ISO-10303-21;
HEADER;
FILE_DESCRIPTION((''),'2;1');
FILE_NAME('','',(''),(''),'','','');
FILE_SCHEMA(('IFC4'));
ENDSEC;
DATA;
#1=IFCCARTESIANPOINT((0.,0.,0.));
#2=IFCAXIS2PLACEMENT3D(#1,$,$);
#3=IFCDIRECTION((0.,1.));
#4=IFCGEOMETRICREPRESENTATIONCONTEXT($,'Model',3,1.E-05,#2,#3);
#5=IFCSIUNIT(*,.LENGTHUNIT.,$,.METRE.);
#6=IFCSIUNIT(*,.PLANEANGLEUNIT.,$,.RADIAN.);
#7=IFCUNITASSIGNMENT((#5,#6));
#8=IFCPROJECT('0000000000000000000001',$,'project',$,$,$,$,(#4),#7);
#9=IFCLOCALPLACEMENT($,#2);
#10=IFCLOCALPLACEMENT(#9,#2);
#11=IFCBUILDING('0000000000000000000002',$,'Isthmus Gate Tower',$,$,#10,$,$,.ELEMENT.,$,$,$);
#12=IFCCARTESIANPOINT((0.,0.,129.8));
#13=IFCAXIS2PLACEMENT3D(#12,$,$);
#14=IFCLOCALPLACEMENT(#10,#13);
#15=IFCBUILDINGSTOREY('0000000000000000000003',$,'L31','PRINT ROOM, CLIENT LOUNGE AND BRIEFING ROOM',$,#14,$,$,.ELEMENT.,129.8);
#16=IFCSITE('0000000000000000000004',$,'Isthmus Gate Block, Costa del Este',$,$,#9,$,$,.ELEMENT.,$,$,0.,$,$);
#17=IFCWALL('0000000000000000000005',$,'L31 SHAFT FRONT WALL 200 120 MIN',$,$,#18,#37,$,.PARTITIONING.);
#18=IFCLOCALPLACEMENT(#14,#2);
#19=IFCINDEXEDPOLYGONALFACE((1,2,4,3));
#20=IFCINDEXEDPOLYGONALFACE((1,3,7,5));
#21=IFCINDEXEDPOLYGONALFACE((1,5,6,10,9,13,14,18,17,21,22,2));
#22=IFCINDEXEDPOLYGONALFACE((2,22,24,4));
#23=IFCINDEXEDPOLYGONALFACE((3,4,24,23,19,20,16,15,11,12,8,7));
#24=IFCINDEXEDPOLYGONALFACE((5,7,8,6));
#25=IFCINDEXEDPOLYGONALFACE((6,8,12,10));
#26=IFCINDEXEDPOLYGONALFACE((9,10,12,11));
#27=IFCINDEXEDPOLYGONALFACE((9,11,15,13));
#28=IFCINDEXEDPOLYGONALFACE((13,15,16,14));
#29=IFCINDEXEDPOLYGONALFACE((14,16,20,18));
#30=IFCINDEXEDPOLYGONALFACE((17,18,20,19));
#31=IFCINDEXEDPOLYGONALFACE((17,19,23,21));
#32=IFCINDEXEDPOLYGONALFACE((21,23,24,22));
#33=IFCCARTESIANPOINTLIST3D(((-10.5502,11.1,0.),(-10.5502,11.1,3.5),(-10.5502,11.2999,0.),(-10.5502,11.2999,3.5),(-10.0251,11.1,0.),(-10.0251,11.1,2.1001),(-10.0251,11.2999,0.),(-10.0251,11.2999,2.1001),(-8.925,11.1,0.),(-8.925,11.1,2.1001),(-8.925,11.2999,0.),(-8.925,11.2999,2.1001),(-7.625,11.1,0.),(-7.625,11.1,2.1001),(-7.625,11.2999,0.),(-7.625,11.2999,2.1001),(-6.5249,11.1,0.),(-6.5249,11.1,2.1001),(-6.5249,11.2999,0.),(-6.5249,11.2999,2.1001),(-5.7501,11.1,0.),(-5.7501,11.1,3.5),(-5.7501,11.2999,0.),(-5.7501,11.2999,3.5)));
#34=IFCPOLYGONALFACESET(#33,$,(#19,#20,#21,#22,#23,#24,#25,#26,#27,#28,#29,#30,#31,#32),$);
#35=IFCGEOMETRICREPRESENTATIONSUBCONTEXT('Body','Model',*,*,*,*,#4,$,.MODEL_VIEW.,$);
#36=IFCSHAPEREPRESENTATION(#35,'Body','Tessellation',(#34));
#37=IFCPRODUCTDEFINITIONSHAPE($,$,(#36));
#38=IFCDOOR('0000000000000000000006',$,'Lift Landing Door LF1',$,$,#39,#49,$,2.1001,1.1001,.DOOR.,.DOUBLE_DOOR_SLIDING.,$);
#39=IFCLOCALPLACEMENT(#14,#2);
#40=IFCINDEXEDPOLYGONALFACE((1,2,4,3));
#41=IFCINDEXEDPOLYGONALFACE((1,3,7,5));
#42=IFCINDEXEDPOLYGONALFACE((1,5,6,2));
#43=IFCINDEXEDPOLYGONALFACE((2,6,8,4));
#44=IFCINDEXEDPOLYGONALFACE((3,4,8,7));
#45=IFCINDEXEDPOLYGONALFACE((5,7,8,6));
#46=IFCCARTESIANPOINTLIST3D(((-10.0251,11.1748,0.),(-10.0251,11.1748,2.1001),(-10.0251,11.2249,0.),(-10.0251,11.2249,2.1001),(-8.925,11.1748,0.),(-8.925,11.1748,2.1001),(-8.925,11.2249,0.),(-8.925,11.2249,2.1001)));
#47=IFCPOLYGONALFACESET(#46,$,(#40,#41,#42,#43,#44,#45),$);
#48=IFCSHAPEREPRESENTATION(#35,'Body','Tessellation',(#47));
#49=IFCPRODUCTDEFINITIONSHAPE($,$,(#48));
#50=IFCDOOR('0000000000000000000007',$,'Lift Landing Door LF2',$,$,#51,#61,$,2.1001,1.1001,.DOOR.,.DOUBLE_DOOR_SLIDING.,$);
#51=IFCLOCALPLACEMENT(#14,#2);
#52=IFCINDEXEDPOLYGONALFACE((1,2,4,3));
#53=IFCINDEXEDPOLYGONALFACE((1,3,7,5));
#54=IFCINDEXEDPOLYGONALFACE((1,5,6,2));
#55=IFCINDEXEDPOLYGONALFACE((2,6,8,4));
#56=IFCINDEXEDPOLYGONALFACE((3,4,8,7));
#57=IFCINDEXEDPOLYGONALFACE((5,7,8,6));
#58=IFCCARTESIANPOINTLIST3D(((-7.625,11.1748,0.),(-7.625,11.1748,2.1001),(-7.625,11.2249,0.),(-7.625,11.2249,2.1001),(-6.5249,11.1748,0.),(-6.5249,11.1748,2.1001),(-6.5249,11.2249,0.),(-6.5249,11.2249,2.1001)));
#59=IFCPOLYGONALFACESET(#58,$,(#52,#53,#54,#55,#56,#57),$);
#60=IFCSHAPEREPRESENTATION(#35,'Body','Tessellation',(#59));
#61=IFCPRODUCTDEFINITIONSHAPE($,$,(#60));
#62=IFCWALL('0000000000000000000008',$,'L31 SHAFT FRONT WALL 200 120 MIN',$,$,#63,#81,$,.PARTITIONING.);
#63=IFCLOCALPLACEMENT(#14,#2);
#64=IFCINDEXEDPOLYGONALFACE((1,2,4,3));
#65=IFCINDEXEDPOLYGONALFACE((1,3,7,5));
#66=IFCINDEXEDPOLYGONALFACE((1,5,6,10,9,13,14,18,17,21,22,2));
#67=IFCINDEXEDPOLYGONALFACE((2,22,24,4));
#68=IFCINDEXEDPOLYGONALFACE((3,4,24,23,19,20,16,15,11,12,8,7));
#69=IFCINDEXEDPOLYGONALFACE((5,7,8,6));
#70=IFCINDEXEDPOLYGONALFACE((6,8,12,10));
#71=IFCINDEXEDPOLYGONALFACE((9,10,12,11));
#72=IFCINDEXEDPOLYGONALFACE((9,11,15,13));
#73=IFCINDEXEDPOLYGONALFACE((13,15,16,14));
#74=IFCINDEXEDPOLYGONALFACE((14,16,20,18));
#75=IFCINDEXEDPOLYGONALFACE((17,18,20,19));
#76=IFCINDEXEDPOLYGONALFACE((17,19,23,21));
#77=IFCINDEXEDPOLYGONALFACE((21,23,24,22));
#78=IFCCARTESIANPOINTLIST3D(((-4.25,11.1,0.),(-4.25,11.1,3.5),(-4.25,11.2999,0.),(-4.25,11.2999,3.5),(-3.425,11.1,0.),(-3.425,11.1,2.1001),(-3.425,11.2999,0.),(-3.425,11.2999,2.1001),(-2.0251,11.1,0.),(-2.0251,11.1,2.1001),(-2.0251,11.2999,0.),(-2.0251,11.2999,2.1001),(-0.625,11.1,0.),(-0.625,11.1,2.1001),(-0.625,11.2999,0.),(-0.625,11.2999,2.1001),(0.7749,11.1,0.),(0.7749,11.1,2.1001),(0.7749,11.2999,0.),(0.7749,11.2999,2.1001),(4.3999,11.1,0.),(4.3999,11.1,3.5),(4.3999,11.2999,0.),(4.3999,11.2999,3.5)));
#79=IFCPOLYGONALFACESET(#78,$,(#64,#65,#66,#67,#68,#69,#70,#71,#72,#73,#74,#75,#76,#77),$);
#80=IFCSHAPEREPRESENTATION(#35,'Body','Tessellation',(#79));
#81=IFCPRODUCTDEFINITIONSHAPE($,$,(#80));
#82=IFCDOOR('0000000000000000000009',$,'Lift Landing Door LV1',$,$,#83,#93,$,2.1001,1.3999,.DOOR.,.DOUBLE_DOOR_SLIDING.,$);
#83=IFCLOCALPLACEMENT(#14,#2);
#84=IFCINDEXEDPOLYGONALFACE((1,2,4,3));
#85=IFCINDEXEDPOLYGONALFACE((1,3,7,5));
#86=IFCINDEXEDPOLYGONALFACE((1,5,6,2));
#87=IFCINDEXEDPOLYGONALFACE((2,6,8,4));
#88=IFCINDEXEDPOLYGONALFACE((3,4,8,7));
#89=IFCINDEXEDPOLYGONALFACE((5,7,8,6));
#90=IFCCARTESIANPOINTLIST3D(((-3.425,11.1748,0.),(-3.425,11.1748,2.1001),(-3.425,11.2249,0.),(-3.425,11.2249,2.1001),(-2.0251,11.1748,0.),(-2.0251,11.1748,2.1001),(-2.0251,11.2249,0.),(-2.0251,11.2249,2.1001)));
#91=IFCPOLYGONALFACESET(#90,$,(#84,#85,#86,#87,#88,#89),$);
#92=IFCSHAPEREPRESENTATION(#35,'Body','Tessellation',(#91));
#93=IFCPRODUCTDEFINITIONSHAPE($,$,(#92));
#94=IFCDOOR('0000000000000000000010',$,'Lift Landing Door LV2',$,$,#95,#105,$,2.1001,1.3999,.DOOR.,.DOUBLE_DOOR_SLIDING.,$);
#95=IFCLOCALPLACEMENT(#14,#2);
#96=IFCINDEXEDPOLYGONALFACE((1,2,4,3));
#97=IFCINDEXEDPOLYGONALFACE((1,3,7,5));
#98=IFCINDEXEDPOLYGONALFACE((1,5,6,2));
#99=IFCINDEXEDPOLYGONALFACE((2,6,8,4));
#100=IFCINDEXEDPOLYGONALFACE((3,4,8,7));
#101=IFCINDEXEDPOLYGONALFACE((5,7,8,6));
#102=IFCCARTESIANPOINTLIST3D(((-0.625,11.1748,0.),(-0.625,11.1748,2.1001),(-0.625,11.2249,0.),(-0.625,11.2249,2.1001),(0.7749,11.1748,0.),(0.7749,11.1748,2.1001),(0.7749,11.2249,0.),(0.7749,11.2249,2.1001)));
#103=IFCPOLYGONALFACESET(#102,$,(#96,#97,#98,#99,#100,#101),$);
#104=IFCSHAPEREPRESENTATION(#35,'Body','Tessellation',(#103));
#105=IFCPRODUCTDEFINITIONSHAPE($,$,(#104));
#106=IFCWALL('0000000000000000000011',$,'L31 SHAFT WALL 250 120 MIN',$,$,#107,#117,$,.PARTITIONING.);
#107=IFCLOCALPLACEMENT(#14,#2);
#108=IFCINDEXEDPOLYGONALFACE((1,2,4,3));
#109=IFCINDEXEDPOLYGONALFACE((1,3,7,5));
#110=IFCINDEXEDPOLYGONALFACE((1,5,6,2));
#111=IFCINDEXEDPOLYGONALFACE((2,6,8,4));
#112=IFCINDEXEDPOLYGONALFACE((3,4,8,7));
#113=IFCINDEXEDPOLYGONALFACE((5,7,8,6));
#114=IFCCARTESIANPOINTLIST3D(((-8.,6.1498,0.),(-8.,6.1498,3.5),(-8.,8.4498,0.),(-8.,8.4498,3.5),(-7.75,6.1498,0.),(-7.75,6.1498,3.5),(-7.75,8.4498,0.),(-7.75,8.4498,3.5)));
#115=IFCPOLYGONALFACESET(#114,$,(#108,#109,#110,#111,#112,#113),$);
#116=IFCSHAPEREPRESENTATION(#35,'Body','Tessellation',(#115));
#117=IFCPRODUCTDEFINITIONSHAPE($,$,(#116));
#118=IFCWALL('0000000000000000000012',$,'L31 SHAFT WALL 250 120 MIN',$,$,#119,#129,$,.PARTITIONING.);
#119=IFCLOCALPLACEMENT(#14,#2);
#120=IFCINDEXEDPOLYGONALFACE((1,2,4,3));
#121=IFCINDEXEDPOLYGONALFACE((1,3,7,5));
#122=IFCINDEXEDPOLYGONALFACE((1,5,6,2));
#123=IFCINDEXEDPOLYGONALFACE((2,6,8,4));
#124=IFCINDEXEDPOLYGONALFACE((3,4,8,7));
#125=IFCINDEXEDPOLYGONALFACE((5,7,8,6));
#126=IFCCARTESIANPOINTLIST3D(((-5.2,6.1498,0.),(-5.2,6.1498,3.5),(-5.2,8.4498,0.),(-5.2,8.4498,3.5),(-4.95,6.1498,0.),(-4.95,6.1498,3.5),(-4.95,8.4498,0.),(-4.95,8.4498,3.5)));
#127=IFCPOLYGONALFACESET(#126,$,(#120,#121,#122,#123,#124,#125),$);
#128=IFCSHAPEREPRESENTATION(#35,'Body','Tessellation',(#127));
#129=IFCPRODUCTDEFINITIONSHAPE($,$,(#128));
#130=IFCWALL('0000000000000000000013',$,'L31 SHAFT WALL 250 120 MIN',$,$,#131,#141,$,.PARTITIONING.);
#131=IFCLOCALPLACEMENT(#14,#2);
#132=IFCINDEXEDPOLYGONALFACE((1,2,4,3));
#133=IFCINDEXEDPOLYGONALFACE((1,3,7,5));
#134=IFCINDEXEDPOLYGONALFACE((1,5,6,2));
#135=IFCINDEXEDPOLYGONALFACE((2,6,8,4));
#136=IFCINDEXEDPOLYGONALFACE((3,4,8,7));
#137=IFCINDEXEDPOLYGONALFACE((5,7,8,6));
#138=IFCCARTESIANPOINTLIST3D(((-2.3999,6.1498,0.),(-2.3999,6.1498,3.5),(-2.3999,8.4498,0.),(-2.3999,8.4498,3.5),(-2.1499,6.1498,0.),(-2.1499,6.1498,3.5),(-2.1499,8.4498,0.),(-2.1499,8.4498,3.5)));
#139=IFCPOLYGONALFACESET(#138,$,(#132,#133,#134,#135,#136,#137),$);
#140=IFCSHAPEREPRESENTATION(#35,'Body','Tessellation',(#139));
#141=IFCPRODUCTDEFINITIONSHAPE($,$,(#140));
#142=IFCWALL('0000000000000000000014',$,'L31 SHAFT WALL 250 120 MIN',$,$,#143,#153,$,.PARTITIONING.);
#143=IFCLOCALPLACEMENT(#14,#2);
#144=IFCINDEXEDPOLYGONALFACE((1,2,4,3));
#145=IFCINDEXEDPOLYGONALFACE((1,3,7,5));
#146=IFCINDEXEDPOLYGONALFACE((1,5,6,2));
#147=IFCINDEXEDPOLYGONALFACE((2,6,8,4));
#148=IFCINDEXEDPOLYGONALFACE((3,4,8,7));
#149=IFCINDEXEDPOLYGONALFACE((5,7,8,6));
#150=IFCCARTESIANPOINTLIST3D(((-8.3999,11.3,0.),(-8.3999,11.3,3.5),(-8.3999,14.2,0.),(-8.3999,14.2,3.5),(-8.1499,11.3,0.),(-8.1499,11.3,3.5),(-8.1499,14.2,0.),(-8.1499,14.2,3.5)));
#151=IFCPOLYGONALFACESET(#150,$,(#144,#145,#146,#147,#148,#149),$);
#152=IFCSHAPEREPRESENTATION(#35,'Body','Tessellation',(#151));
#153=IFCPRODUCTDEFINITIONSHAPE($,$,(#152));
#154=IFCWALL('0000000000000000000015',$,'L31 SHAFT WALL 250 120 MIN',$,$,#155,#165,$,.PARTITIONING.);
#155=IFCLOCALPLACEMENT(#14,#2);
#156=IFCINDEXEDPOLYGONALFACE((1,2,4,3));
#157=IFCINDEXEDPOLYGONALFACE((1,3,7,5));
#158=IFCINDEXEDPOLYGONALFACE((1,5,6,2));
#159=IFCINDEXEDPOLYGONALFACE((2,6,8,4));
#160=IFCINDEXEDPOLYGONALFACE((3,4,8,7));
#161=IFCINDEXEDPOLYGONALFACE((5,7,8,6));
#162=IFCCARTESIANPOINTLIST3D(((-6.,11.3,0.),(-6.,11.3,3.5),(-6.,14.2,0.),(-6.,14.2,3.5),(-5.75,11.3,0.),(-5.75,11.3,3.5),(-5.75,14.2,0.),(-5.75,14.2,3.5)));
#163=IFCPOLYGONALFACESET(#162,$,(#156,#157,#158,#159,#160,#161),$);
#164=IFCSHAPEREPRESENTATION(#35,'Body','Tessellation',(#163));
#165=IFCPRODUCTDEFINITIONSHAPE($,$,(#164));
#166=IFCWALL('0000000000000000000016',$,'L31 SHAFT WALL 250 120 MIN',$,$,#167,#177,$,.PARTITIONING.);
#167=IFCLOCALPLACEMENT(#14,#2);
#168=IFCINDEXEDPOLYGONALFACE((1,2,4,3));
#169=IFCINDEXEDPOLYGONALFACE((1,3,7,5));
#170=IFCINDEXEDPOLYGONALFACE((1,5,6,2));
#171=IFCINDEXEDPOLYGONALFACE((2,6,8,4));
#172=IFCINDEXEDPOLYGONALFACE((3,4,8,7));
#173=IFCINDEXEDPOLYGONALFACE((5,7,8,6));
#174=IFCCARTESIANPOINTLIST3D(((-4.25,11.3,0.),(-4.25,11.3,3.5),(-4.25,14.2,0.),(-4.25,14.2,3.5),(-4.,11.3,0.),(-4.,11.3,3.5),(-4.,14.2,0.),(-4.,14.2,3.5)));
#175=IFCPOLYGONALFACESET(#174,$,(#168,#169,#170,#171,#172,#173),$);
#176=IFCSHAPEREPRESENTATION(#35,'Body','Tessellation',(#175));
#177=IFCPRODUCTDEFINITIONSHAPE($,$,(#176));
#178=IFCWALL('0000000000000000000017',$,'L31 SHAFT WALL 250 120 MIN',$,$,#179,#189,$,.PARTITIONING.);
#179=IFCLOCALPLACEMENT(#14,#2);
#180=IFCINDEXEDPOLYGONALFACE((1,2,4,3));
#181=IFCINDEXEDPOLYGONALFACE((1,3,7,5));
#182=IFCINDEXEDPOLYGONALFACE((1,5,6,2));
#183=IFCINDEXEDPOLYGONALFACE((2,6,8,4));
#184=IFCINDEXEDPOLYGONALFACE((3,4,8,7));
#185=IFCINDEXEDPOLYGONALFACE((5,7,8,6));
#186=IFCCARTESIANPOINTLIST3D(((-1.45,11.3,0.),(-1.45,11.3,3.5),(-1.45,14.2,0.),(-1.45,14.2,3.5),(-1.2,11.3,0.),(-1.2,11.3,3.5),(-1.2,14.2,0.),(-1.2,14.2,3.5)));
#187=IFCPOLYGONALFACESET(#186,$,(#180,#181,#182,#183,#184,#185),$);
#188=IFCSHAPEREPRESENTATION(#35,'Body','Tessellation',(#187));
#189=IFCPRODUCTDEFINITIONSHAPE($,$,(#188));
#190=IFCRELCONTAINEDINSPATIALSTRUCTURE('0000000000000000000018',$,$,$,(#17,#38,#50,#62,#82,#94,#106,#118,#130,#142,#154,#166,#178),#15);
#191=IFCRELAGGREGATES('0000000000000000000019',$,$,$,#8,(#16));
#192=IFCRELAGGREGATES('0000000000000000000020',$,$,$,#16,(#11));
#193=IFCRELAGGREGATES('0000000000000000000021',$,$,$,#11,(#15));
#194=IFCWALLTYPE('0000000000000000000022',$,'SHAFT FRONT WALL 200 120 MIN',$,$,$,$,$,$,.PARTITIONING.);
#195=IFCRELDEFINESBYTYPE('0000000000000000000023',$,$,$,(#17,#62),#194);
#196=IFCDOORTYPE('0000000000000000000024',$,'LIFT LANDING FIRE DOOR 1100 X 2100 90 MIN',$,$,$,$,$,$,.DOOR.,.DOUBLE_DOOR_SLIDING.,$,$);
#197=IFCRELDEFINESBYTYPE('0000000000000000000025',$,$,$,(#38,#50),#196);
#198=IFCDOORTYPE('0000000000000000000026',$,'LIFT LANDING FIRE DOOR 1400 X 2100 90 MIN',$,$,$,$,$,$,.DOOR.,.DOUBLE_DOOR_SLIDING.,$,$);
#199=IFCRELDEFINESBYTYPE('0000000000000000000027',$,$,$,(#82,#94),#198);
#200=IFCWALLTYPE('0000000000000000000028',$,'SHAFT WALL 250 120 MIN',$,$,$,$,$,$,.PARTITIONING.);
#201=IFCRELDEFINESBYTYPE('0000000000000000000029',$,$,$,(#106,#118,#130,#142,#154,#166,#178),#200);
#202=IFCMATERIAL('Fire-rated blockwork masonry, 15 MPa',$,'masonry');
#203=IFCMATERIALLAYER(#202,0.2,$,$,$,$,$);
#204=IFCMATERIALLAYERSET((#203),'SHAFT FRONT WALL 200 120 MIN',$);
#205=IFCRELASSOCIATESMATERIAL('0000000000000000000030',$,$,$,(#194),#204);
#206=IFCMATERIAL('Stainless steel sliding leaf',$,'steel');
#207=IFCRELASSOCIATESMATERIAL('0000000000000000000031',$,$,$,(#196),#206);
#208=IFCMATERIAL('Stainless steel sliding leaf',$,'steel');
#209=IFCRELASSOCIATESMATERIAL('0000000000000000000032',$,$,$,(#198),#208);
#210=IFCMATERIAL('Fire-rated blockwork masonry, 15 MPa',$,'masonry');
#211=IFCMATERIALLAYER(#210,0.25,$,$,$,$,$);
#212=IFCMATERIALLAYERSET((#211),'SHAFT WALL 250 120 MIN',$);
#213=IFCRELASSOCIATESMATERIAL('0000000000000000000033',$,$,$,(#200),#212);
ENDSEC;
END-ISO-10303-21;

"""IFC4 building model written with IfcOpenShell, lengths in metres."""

from ifc_helpers import new_model, si_unit, direction, frame, frame_2d, origin, place, context, subcontext, project, spatial, rectangle, extrude, material, layer, layer_set, type_object, element, fill, save


model = new_model("IFC4")

# Units and contexts
model_context = context("Model", 3, precision=1e-05, world=origin(), true_north=direction((0.0, 1.0)))
body_context = subcontext(model_context, "Body", "Model", "MODEL_VIEW")
ifc_project = project(units=[si_unit("LENGTHUNIT", "METRE"), si_unit("PLANEANGLEUNIT", "RADIAN")], contexts=[model_context])

# Site, building, storey
site_placement = place(None, origin())
site = spatial("IfcSite", under=ifc_project, at=site_placement, Name="Isthmus Gate Block, Costa del Este", CompositionType="ELEMENT", RefElevation=0.0)
building_placement = place(site_placement, origin())
building = spatial("IfcBuilding", under=site, at=building_placement, Name="Isthmus Gate Tower", CompositionType="ELEMENT")
storey_placement = place(building_placement, frame((0.0, 0.0, 129.8)))
storey = spatial("IfcBuildingStorey", under=building, at=storey_placement, Name="L31", Description="PRINT ROOM, CLIENT LOUNGE AND BRIEFING ROOM", CompositionType="ELEMENT", Elevation=129.8)

# Walls, openings, doors
ifc_material_1 = material(Name="Fire-rated blockwork masonry, 15 MPa", Category="masonry")
ifc_layer_1 = layer(ifc_material_1, 0.2)
ifc_layer_set_1 = layer_set([ifc_layer_1], Name="SHAFT FRONT WALL 200 120 MIN")
wall_type_1 = type_object("IfcWallType", Name="SHAFT FRONT WALL 200 120 MIN", PredefinedType="PARTITIONING", material=ifc_layer_set_1)
wall_1_placement = place(storey_placement, frame((-10.55, 11.2, 0.0), z_axis=(0.0, 0.0, 1.0), x_axis=(1.0, 0.0, 0.0)))
wall_1 = element("IfcWall", 1, at=wall_1_placement, inside=storey, type_object=wall_type_1, Name="L31 SHAFT FRONT WALL 200 120 MIN", PredefinedType="PARTITIONING", context=body_context, shape_type="SweptSolid", body=[
    extrude(rectangle(XDim=4.8, YDim=0.2, at=frame_2d((2.3999, 0.0))), origin(), (0.0, 0.0, 1.0), 3.5),
])
opening_1_placement = place(wall_1_placement, frame((0.5249, 0.0, 0.0)))
opening_1 = element("IfcOpeningElement", 2, at=opening_1_placement, cuts=wall_1, PredefinedType="OPENING", context=body_context, shape_type="SweptSolid", body=[
    extrude(rectangle(XDim=1.1001, YDim=2.1001, at=frame_2d((0.55, 1.05))), frame((0.0, 0.1099, 0.0), z_axis=(0.0, -1.0, 0.0), x_axis=(1.0, 0.0, 0.0)), (0.0, 0.0, 1.0), 0.22),
])
opening_2_placement = place(wall_1_placement, frame((2.925, 0.0, 0.0)))
opening_2 = element("IfcOpeningElement", 3, at=opening_2_placement, cuts=wall_1, PredefinedType="OPENING", context=body_context, shape_type="SweptSolid", body=[
    extrude(rectangle(XDim=1.1001, YDim=2.1001, at=frame_2d((0.55, 1.05))), frame((0.0, 0.1099, 0.0), z_axis=(0.0, -1.0, 0.0), x_axis=(1.0, 0.0, 0.0)), (0.0, 0.0, 1.0), 0.22),
])
ifc_material_2 = material(Name="Stainless steel sliding leaf", Category="steel")
door_type_1 = type_object("IfcDoorType", Name="LIFT LANDING FIRE DOOR 1100 X 2100 90 MIN", OperationType="DOUBLE_DOOR_SLIDING", PredefinedType="DOOR", material=ifc_material_2)
door_1_placement = place(opening_1_placement, origin())
door_1 = element("IfcDoor", 4, at=door_1_placement, inside=storey, type_object=door_type_1, Name="Lift Landing Door LF1", OperationType="DOUBLE_DOOR_SLIDING", OverallHeight=2.1001, OverallWidth=1.1001, PredefinedType="DOOR", context=body_context, shape_type="SweptSolid", body=[
    extrude(rectangle(XDim=1.1001, YDim=2.1001, at=frame_2d((0.55, 1.05))), frame((0.0, 0.0249, 0.0), z_axis=(0.0, -1.0, 0.0), x_axis=(1.0, 0.0, 0.0)), (0.0, 0.0, 1.0), 0.05),
])
fill(opening_1, door_1)
door_2_placement = place(opening_2_placement, origin())
door_2 = element("IfcDoor", 5, at=door_2_placement, inside=storey, type_object=door_type_1, Name="Lift Landing Door LF2", OperationType="DOUBLE_DOOR_SLIDING", OverallHeight=2.1001, OverallWidth=1.1001, PredefinedType="DOOR", context=body_context, shape_type="SweptSolid", body=[
    extrude(rectangle(XDim=1.1001, YDim=2.1001, at=frame_2d((0.55, 1.05))), frame((0.0, 0.0249, 0.0), z_axis=(0.0, -1.0, 0.0), x_axis=(1.0, 0.0, 0.0)), (0.0, 0.0, 1.0), 0.05),
])
fill(opening_2, door_2)
wall_2_placement = place(storey_placement, frame((-4.25, 11.2, 0.0), z_axis=(0.0, 0.0, 1.0), x_axis=(1.0, 0.0, 0.0)))
wall_2 = element("IfcWall", 6, at=wall_2_placement, inside=storey, type_object=wall_type_1, Name="L31 SHAFT FRONT WALL 200 120 MIN", PredefinedType="PARTITIONING", context=body_context, shape_type="SweptSolid", body=[
    extrude(rectangle(XDim=8.6499, YDim=0.2, at=frame_2d((4.325, 0.0))), origin(), (0.0, 0.0, 1.0), 3.5),
])
opening_3_placement = place(wall_2_placement, frame((0.825, 0.0, 0.0)))
opening_3 = element("IfcOpeningElement", 7, at=opening_3_placement, cuts=wall_2, PredefinedType="OPENING", context=body_context, shape_type="SweptSolid", body=[
    extrude(rectangle(XDim=1.3999, YDim=2.1001, at=frame_2d((0.7, 1.05))), frame((0.0, 0.1099, 0.0), z_axis=(0.0, -1.0, 0.0), x_axis=(1.0, 0.0, 0.0)), (0.0, 0.0, 1.0), 0.22),
])
opening_4_placement = place(wall_2_placement, frame((3.625, 0.0, 0.0)))
opening_4 = element("IfcOpeningElement", 8, at=opening_4_placement, cuts=wall_2, PredefinedType="OPENING", context=body_context, shape_type="SweptSolid", body=[
    extrude(rectangle(XDim=1.3999, YDim=2.1001, at=frame_2d((0.7, 1.05))), frame((0.0, 0.1099, 0.0), z_axis=(0.0, -1.0, 0.0), x_axis=(1.0, 0.0, 0.0)), (0.0, 0.0, 1.0), 0.22),
])
ifc_material_3 = material(Name="Stainless steel sliding leaf", Category="steel")
door_type_2 = type_object("IfcDoorType", Name="LIFT LANDING FIRE DOOR 1400 X 2100 90 MIN", OperationType="DOUBLE_DOOR_SLIDING", PredefinedType="DOOR", material=ifc_material_3)
door_3_placement = place(opening_3_placement, origin())
door_3 = element("IfcDoor", 9, at=door_3_placement, inside=storey, type_object=door_type_2, Name="Lift Landing Door LV1", OperationType="DOUBLE_DOOR_SLIDING", OverallHeight=2.1001, OverallWidth=1.3999, PredefinedType="DOOR", context=body_context, shape_type="SweptSolid", body=[
    extrude(rectangle(XDim=1.3999, YDim=2.1001, at=frame_2d((0.7, 1.05))), frame((0.0, 0.0249, 0.0), z_axis=(0.0, -1.0, 0.0), x_axis=(1.0, 0.0, 0.0)), (0.0, 0.0, 1.0), 0.05),
])
fill(opening_3, door_3)
door_4_placement = place(opening_4_placement, origin())
door_4 = element("IfcDoor", 10, at=door_4_placement, inside=storey, type_object=door_type_2, Name="Lift Landing Door LV2", OperationType="DOUBLE_DOOR_SLIDING", OverallHeight=2.1001, OverallWidth=1.3999, PredefinedType="DOOR", context=body_context, shape_type="SweptSolid", body=[
    extrude(rectangle(XDim=1.3999, YDim=2.1001, at=frame_2d((0.7, 1.05))), frame((0.0, 0.0249, 0.0), z_axis=(0.0, -1.0, 0.0), x_axis=(1.0, 0.0, 0.0)), (0.0, 0.0, 1.0), 0.05),
])
fill(opening_4, door_4)

# Walls
ifc_material_4 = material(Name="Fire-rated blockwork masonry, 15 MPa", Category="masonry")
ifc_layer_2 = layer(ifc_material_4, 0.25)
ifc_layer_set_2 = layer_set([ifc_layer_2], Name="SHAFT WALL 250 120 MIN")
wall_type_2 = type_object("IfcWallType", Name="SHAFT WALL 250 120 MIN", PredefinedType="PARTITIONING", material=ifc_layer_set_2)
for number, where, z_axis, x_axis, name in (
    (11, (-7.875, 6.1499, 0.0), (0.0, 0.0, 1.0), (0.0, 1.0, 0.0), "L31 SHAFT WALL 250 120 MIN"),
    (12, (-5.075, 6.1499, 0.0), (0.0, 0.0, 1.0), (0.0, 1.0, 0.0), "L31 SHAFT WALL 250 120 MIN"),
    (13, (-2.2749, 6.1499, 0.0), (0.0, 0.0, 1.0), (0.0, 1.0, 0.0), "L31 SHAFT WALL 250 120 MIN"),
):
    element("IfcWall", number, at=place(storey_placement, frame(where, z_axis=z_axis, x_axis=x_axis)), inside=storey, type_object=wall_type_2, Name=name, PredefinedType="PARTITIONING", context=body_context, shape_type="SweptSolid", body=[
        extrude(rectangle(XDim=2.3, YDim=0.25, at=frame_2d((1.1499, 0.0))), origin(), (0.0, 0.0, 1.0), 3.5),
    ])
for number, where, z_axis, x_axis, name in (
    (14, (-8.2749, 11.3, 0.0), (0.0, 0.0, 1.0), (0.0, 1.0, 0.0), "L31 SHAFT WALL 250 120 MIN"),
    (15, (-5.875, 11.3, 0.0), (0.0, 0.0, 1.0), (0.0, 1.0, 0.0), "L31 SHAFT WALL 250 120 MIN"),
    (16, (-4.125, 11.3, 0.0), (0.0, 0.0, 1.0), (0.0, 1.0, 0.0), "L31 SHAFT WALL 250 120 MIN"),
    (17, (-1.325, 11.3, 0.0), (0.0, 0.0, 1.0), (0.0, 1.0, 0.0), "L31 SHAFT WALL 250 120 MIN"),
):
    element("IfcWall", number, at=place(storey_placement, frame(where, z_axis=z_axis, x_axis=x_axis)), inside=storey, type_object=wall_type_2, Name=name, PredefinedType="PARTITIONING", context=body_context, shape_type="SweptSolid", body=[
        extrude(rectangle(XDim=2.8999, YDim=0.25, at=frame_2d((1.45, 0.0))), origin(), (0.0, 0.0, 1.0), 3.5),
    ])

save(model, "model.ifc")
